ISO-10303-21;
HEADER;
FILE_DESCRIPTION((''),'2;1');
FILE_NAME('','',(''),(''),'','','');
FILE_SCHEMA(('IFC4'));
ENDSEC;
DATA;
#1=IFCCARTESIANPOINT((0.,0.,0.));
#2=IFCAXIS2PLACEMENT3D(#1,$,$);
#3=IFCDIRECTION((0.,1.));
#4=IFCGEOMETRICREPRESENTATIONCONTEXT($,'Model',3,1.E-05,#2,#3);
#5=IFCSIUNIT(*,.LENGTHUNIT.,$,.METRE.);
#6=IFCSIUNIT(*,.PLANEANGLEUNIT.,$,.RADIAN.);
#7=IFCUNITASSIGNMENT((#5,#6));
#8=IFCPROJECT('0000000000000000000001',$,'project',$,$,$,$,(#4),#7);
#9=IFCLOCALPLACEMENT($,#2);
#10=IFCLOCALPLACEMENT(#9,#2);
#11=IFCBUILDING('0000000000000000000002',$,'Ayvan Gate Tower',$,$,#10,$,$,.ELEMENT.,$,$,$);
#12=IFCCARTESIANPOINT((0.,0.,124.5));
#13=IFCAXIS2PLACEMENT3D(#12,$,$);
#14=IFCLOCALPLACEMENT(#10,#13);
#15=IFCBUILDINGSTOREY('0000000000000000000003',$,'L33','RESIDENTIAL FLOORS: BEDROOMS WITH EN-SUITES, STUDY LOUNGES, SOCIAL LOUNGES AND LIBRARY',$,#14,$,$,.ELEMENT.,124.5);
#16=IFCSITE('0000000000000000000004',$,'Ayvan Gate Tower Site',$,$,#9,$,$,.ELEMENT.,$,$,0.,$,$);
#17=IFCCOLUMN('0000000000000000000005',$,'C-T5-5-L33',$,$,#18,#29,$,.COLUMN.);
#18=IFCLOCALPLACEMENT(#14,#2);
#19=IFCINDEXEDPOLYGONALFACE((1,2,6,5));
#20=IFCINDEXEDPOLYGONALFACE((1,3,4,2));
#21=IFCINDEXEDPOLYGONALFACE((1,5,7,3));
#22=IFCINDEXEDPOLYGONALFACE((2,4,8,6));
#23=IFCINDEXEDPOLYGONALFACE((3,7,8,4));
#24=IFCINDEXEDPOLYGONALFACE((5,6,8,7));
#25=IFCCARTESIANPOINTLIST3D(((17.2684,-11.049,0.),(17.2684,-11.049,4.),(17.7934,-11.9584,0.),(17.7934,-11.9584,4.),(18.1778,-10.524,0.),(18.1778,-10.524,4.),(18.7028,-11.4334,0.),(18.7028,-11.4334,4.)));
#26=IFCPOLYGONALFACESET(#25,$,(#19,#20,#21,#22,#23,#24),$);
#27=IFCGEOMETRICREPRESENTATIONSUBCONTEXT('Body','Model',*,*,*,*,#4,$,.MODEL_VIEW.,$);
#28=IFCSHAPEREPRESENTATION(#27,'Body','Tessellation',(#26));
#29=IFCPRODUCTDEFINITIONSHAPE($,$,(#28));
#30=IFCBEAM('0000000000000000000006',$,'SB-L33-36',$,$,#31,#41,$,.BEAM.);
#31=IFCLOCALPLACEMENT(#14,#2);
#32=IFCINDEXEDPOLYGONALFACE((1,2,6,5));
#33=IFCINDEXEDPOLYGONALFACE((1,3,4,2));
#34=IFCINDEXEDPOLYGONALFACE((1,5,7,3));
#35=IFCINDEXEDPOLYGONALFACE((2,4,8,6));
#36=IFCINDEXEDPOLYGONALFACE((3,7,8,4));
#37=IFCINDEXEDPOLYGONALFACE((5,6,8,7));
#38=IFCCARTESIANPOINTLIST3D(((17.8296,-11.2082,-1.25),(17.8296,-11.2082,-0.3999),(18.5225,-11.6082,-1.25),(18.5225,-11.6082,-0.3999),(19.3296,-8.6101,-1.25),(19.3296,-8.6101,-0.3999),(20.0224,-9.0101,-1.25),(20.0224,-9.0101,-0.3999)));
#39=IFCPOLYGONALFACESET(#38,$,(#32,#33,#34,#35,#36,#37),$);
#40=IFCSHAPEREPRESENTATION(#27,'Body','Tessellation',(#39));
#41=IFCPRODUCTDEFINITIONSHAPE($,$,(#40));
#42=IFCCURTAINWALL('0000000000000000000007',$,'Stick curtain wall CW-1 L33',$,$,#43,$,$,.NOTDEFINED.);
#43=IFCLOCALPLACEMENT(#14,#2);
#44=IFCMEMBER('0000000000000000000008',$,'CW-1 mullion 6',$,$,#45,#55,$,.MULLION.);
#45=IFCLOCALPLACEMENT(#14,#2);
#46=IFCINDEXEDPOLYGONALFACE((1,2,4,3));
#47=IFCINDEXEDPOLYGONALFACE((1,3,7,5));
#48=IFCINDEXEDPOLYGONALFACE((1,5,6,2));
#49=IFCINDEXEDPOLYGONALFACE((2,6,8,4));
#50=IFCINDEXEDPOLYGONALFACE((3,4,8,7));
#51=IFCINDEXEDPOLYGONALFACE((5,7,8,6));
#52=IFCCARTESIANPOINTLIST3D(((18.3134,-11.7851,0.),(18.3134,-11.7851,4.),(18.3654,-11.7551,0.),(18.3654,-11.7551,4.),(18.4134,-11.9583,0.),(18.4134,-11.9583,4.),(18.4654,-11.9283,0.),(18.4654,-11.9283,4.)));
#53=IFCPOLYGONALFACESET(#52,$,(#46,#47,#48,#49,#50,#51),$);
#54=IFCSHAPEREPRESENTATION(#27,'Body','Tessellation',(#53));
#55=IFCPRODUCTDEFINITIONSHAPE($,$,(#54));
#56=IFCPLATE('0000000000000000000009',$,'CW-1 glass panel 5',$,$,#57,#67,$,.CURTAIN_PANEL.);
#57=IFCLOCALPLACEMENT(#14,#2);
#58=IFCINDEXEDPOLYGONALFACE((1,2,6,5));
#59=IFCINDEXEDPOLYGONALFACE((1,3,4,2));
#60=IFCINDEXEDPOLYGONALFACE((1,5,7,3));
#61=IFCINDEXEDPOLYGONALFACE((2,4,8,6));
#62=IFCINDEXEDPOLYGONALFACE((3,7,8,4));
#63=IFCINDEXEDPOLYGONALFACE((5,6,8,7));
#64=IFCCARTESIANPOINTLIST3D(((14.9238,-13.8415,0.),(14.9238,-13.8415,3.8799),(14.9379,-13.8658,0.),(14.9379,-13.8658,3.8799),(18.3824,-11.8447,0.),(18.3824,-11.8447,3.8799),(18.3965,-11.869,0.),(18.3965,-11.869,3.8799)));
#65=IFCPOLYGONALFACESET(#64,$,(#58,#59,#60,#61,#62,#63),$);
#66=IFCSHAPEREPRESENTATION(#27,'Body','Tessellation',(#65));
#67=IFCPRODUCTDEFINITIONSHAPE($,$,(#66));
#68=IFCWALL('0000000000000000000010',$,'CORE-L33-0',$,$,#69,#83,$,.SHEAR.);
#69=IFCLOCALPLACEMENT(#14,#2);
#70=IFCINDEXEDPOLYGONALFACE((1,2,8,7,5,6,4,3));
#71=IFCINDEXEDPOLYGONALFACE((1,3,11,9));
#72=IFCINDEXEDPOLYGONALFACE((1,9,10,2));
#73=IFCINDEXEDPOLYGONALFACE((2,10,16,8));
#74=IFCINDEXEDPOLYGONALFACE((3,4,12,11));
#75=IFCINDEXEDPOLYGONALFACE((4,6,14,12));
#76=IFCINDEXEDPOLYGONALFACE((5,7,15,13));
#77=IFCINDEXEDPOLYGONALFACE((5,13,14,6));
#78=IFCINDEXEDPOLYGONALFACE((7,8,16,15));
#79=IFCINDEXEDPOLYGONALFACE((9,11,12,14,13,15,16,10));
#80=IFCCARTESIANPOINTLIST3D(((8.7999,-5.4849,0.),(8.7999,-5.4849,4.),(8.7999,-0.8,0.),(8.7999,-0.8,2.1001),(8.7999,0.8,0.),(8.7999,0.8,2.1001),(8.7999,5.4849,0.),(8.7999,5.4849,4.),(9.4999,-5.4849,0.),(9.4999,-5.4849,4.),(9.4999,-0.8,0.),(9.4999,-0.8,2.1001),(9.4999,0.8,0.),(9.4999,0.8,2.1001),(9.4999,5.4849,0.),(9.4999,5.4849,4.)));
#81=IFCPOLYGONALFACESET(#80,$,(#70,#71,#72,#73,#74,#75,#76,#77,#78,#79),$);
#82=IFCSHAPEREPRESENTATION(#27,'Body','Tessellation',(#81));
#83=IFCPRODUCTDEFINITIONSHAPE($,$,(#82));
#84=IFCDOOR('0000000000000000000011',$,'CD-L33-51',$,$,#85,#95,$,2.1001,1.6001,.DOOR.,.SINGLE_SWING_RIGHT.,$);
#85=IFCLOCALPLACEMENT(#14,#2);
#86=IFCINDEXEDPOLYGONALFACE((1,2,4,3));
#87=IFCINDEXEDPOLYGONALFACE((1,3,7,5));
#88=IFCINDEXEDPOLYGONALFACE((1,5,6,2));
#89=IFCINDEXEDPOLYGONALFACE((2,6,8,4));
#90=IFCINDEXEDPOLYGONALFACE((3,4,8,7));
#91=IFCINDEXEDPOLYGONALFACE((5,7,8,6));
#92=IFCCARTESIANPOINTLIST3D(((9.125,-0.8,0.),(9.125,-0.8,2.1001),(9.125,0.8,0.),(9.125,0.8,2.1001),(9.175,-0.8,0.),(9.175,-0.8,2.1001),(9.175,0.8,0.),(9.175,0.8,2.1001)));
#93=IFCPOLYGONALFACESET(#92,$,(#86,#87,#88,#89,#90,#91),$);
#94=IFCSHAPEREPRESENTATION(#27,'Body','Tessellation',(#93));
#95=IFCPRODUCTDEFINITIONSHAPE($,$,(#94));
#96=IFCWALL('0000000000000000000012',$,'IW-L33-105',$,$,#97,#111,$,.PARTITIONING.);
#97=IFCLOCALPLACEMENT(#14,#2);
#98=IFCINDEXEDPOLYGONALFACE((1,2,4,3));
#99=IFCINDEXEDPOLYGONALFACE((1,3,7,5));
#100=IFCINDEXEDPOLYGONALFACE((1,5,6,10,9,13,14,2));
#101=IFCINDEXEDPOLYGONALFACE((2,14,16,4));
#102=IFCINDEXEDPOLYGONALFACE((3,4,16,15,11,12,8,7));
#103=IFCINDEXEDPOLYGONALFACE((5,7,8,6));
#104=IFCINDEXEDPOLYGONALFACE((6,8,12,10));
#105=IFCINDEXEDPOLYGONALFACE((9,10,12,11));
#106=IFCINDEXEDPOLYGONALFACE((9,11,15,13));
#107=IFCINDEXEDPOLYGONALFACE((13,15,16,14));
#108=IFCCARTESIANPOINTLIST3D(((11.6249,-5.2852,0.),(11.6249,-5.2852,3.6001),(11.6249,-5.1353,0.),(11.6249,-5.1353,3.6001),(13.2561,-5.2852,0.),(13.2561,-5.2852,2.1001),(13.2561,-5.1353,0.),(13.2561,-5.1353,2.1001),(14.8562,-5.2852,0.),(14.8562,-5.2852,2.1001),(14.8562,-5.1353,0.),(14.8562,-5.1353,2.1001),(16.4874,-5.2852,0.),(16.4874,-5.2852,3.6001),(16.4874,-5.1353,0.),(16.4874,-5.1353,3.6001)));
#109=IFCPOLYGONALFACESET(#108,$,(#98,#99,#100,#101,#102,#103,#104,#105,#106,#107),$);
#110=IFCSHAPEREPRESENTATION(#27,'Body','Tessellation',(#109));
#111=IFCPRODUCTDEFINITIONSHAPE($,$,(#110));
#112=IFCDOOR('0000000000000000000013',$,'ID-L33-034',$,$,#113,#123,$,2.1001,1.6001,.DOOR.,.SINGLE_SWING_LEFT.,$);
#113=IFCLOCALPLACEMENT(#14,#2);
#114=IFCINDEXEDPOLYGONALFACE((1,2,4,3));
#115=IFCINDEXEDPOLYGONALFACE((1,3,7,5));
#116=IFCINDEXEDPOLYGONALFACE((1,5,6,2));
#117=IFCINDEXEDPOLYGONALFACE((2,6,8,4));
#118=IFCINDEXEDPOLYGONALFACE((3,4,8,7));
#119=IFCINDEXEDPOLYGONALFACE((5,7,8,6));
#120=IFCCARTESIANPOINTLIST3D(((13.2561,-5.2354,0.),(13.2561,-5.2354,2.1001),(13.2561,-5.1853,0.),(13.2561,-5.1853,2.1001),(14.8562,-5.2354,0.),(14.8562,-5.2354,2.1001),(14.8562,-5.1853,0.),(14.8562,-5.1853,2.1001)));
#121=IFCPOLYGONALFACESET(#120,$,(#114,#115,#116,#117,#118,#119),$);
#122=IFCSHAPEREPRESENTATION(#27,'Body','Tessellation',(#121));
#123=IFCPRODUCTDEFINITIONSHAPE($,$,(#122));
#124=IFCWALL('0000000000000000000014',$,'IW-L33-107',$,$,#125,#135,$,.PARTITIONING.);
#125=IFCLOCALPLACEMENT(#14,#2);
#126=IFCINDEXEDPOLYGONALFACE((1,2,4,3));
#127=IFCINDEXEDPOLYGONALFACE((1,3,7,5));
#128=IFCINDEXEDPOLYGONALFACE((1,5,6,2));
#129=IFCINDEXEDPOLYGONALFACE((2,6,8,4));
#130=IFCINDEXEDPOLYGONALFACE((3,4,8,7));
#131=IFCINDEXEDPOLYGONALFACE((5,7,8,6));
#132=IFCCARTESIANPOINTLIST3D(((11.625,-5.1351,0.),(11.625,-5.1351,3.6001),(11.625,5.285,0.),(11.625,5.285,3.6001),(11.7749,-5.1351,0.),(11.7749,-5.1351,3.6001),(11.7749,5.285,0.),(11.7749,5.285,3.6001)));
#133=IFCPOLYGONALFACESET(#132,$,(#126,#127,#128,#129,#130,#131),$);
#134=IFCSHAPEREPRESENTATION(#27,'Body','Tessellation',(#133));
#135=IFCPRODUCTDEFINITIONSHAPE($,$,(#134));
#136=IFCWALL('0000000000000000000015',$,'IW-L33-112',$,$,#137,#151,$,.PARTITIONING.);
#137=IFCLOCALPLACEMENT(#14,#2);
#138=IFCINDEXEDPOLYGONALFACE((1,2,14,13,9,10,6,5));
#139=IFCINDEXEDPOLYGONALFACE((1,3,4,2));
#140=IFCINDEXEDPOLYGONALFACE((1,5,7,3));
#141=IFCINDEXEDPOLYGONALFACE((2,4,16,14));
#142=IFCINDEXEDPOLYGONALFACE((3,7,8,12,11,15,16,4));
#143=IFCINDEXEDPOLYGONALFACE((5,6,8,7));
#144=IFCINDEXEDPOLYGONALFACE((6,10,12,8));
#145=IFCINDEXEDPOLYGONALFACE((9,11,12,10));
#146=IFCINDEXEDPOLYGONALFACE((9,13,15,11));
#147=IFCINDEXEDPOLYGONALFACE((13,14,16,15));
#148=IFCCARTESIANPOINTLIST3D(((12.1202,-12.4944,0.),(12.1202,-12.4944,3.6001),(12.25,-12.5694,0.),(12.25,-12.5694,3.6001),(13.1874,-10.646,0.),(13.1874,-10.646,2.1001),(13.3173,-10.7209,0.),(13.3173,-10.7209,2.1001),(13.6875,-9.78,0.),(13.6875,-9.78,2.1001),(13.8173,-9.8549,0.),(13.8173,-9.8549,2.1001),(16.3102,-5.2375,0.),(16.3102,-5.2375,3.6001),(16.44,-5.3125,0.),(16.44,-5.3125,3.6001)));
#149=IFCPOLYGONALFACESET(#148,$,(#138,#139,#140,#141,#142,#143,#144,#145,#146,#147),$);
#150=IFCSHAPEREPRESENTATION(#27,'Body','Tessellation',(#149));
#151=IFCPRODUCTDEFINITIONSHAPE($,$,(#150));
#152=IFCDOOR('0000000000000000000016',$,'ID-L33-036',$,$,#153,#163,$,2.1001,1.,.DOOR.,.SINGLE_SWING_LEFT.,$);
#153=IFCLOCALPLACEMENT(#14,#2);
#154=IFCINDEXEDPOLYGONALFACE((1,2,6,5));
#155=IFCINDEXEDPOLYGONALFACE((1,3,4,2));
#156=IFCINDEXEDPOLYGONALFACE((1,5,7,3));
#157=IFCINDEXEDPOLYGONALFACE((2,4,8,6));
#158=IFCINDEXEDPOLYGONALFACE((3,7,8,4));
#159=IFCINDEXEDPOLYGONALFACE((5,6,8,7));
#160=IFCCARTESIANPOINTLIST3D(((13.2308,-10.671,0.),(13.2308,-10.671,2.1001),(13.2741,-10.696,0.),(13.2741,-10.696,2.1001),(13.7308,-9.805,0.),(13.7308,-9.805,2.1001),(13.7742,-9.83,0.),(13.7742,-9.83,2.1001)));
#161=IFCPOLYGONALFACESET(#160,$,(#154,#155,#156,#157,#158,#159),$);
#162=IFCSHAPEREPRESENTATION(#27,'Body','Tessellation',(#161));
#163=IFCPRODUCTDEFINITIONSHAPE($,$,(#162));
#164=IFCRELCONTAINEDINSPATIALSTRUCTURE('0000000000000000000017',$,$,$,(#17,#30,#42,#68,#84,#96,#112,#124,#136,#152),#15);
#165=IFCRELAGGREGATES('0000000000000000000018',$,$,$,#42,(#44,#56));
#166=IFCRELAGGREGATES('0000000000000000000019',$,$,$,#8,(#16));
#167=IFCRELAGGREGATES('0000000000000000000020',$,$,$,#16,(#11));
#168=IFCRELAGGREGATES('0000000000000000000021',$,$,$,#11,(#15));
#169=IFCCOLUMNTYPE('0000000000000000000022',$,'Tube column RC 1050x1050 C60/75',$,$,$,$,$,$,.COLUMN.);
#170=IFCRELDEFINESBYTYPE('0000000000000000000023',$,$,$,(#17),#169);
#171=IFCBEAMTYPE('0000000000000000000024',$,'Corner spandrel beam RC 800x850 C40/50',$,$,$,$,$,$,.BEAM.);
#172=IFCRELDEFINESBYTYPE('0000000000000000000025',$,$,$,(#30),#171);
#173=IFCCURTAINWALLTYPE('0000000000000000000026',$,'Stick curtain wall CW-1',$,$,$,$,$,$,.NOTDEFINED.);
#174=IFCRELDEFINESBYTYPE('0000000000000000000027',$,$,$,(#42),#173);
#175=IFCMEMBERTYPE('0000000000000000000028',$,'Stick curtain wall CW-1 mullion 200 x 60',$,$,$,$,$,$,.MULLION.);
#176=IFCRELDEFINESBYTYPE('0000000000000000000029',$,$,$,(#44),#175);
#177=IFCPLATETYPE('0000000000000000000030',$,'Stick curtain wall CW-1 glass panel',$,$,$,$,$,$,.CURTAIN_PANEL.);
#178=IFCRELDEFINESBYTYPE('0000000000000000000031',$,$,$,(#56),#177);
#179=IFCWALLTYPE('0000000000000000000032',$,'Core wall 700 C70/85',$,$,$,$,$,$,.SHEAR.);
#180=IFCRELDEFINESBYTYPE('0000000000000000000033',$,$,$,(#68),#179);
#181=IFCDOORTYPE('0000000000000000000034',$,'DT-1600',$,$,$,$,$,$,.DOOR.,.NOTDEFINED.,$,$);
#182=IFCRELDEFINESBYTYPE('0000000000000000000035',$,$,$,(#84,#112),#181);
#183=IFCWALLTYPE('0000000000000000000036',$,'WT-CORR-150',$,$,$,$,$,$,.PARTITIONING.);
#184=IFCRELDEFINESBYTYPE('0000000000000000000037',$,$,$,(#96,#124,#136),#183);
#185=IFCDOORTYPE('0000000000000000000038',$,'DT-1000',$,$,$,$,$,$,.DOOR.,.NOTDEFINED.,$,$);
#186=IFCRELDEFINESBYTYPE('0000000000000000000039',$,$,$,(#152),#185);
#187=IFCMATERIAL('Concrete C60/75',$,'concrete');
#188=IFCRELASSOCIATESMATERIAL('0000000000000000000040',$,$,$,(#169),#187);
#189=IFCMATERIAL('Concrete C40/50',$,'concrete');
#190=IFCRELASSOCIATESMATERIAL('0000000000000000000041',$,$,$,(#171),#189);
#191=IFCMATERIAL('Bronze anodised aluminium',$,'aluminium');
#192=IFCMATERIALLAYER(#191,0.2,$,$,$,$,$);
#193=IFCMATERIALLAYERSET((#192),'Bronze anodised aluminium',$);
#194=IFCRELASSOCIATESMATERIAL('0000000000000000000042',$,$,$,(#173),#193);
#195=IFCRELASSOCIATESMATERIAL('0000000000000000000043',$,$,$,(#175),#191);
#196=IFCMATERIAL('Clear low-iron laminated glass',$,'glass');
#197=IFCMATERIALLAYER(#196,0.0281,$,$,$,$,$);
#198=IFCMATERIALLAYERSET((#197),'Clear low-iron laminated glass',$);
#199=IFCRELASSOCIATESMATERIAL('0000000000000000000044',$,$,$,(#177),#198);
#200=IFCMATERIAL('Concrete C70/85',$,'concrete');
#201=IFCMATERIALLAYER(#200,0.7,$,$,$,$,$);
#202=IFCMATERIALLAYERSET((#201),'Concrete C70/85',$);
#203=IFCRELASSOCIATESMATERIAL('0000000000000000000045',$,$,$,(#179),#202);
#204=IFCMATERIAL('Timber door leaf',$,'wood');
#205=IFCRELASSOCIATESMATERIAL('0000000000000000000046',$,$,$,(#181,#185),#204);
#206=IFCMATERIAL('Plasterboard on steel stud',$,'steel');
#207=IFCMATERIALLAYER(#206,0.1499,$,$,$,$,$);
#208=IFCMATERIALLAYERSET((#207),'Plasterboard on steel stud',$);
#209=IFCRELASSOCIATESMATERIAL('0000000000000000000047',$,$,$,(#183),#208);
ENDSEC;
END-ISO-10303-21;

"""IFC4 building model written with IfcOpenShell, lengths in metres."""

from ifc_helpers import new_model, si_unit, direction, frame, frame_2d, origin, origin_2d, place, context, subcontext, project, spatial, rectangle, extrude, material, layer, layer_set, material_profile, profile_set, type_object, element, fill, aggregate, save


model = new_model("IFC4")

# Units and contexts
model_context = context("Model", 3, precision=1e-05, world=origin(), true_north=direction((0.0, 1.0)))
body_context = subcontext(model_context, "Body", "Model", "MODEL_VIEW")
ifc_project = project(units=[si_unit("LENGTHUNIT", "METRE"), si_unit("PLANEANGLEUNIT", "RADIAN")], contexts=[model_context])

# Site, building, storey
site_placement = place(None, origin())
site = spatial("IfcSite", under=ifc_project, at=site_placement, Name="Ayvan Gate Tower Site", CompositionType="ELEMENT", RefElevation=0.0)
building_placement = place(site_placement, origin())
building = spatial("IfcBuilding", under=site, at=building_placement, Name="Ayvan Gate Tower", CompositionType="ELEMENT")
storey_placement = place(building_placement, frame((0.0, 0.0, 124.5)))
storey = spatial("IfcBuildingStorey", under=building, at=storey_placement, Name="L33", Description="RESIDENTIAL FLOORS: BEDROOMS WITH EN-SUITES, STUDY LOUNGES, SOCIAL LOUNGES AND LIBRARY", CompositionType="ELEMENT", Elevation=124.5)

# Column
ifc_material_1 = material(Name="Concrete C60/75", Category="concrete")
ifc_material_profile_1 = material_profile(ifc_material_1, rectangle(XDim=1.05, YDim=1.05, at=origin_2d()), Name="RC 1050x1050")
ifc_profile_set_1 = profile_set([ifc_material_profile_1], Name="Concrete C60/75")
column_type = type_object("IfcColumnType", Name="Tube column RC 1050x1050 C60/75", PredefinedType="COLUMN", material=ifc_profile_set_1)
column_placement = place(storey_placement, frame((17.9856, -11.2412, 0.0), z_axis=(0.0, 0.0, 1.0), x_axis=(0.5, -0.866025, 0.0)))
element("IfcColumn", 1, at=column_placement, inside=storey, type_object=column_type, Name="C-T5-5-L33", PredefinedType="COLUMN", context=body_context, shape_type="SweptSolid", body=[
    extrude(rectangle(XDim=1.05, YDim=1.05, at=origin_2d()), origin(), (0.0, 0.0, 1.0), 4.0),
])

# Beam
ifc_material_2 = material(Name="Concrete C40/50", Category="concrete")
ifc_material_profile_2 = material_profile(ifc_material_2, rectangle(XDim=0.8, YDim=0.8501, at=origin_2d()), Name="RC 800x850")
ifc_profile_set_2 = profile_set([ifc_material_profile_2], Name="Concrete C40/50")
beam_type = type_object("IfcBeamType", Name="Corner spandrel beam RC 800x850 C40/50", PredefinedType="BEAM", material=ifc_profile_set_2)
beam_placement = place(storey_placement, frame((18.176, -11.4082, -0.825), z_axis=(0.49999, 0.866031, 0.0), x_axis=(-0.866031, 0.49999, 0.0)))
element("IfcBeam", 2, at=beam_placement, inside=storey, type_object=beam_type, Name="SB-L33-36", PredefinedType="BEAM", context=body_context, shape_type="SweptSolid", body=[
    extrude(rectangle(XDim=0.8, YDim=0.8501, at=origin_2d()), origin(), (0.0, 0.0, 1.0), 3.0),
])

# Curtain wall, member, plate
ifc_material_3 = material(Name="Bronze anodised aluminium", Category="aluminium")
ifc_layer_1 = layer(ifc_material_3, 0.2)
ifc_layer_set_1 = layer_set([ifc_layer_1], Name="Bronze anodised aluminium")
curtain_wall_type = type_object("IfcCurtainWallType", Name="Stick curtain wall CW-1", PredefinedType="NOTDEFINED", material=ifc_layer_set_1)
curtain_wall_placement = place(storey_placement, origin())
curtain_wall = element("IfcCurtainWall", 3, at=curtain_wall_placement, inside=storey, type_object=curtain_wall_type, Name="Stick curtain wall CW-1 L33", PredefinedType="NOTDEFINED")
ifc_material_profile_3 = material_profile(ifc_material_3, rectangle(XDim=0.2, YDim=0.0601, at=origin_2d()), Name="Stick curtain wall CW-1 mullion 200 x 60")
ifc_profile_set_3 = profile_set([ifc_material_profile_3], Name="Bronze anodised aluminium")
member_type = type_object("IfcMemberType", Name="Stick curtain wall CW-1 mullion 200 x 60", PredefinedType="MULLION", material=ifc_profile_set_3)
member_placement = place(storey_placement, frame((18.3894, -11.8567, 0.0), z_axis=(0.0, 0.0, 1.0), x_axis=(0.5, -0.866025, 0.0)))
member = element("IfcMember", 4, at=member_placement, type_object=member_type, Name="CW-1 mullion 6", PredefinedType="MULLION", context=body_context, shape_type="SweptSolid", body=[
    extrude(rectangle(XDim=0.2, YDim=0.0601, at=origin_2d()), origin(), (0.0, 0.0, 1.0), 4.0),
])
ifc_material_4 = material(Name="Clear low-iron laminated glass", Category="glass")
ifc_layer_2 = layer(ifc_material_4, 0.0281)
ifc_layer_set_2 = layer_set([ifc_layer_2], Name="Clear low-iron laminated glass")
plate_type = type_object("IfcPlateType", Name="Stick curtain wall CW-1 glass panel", PredefinedType="CURTAIN_PANEL", material=ifc_layer_set_2)
plate_placement = place(storey_placement, frame((16.6602, -12.8552, 0.0), z_axis=(0.0, 0.0, 1.0), x_axis=(0.866025, 0.5, 0.0)))
plate = element("IfcPlate", 5, at=plate_placement, type_object=plate_type, Name="CW-1 glass panel 5", PredefinedType="CURTAIN_PANEL", context=body_context, shape_type="SweptSolid", body=[
    extrude(rectangle(XDim=3.9937, YDim=0.0281, at=origin_2d()), origin(), (0.0, 0.0, 1.0), 3.8799),
])
aggregate(curtain_wall, [member, plate])

# Walls, openings, doors
ifc_material_5 = material(Name="Concrete C70/85", Category="concrete")
ifc_layer_3 = layer(ifc_material_5, 0.7)
ifc_layer_set_3 = layer_set([ifc_layer_3], Name="Concrete C70/85")
wall_type_1 = type_object("IfcWallType", Name="Core wall 700 C70/85", PredefinedType="SHEAR", material=ifc_layer_set_3)
wall_1_placement = place(storey_placement, frame((9.1499, -5.4849, 0.0), z_axis=(0.0, 0.0, 1.0), x_axis=(0.0, 1.0, 0.0)))
wall_1 = element("IfcWall", 6, at=wall_1_placement, inside=storey, type_object=wall_type_1, Name="CORE-L33-0", PredefinedType="SHEAR", context=body_context, shape_type="SweptSolid", body=[
    extrude(rectangle(XDim=10.9697, YDim=0.7, at=frame_2d((5.4849, 0.0))), origin(), (0.0, 0.0, 1.0), 4.0),
])
opening_1_placement = place(wall_1_placement, frame((4.6848, 0.0, 0.0)))
opening_1 = element("IfcOpeningElement", 7, at=opening_1_placement, cuts=wall_1, PredefinedType="OPENING", context=body_context, shape_type="SweptSolid", body=[
    extrude(rectangle(XDim=1.6001, YDim=2.1001, at=frame_2d((0.8, 1.05))), frame((0.0, 0.3599, 0.0), z_axis=(0.0, -1.0, 0.0), x_axis=(1.0, 0.0, 0.0)), (0.0, 0.0, 1.0), 0.72),
])
ifc_material_6 = material(Name="Timber door leaf", Category="wood")
door_type_1 = type_object("IfcDoorType", Name="DT-1600", OperationType="NOTDEFINED", PredefinedType="DOOR", material=ifc_material_6)
door_1_placement = place(opening_1_placement, origin())
door_1 = element("IfcDoor", 8, at=door_1_placement, inside=storey, type_object=door_type_1, Name="CD-L33-51", OperationType="SINGLE_SWING_RIGHT", OverallHeight=2.1001, OverallWidth=1.6001, PredefinedType="DOOR", context=body_context, shape_type="SweptSolid", body=[
    extrude(rectangle(XDim=1.6001, YDim=2.1001, at=frame_2d((0.8, 1.05))), frame((0.0, 0.0249, 0.0), z_axis=(0.0, -1.0, 0.0), x_axis=(1.0, 0.0, 0.0)), (0.0, 0.0, 1.0), 0.05),
])
fill(opening_1, door_1)
ifc_material_7 = material(Name="Plasterboard on steel stud", Category="steel")
ifc_layer_4 = layer(ifc_material_7, 0.1499)
ifc_layer_set_4 = layer_set([ifc_layer_4], Name="Plasterboard on steel stud")
wall_type_2 = type_object("IfcWallType", Name="WT-CORR-150", PredefinedType="PARTITIONING", material=ifc_layer_set_4)
wall_2_placement = place(storey_placement, frame((11.625, -5.2102, 0.0), z_axis=(0.0, 0.0, 1.0), x_axis=(1.0, 0.0, 0.0)))
wall_2 = element("IfcWall", 9, at=wall_2_placement, inside=storey, type_object=wall_type_2, Name="IW-L33-105", PredefinedType="PARTITIONING", context=body_context, shape_type="SweptSolid", body=[
    extrude(rectangle(XDim=4.8625, YDim=0.1499, at=frame_2d((2.4312, 0.0))), origin(), (0.0, 0.0, 1.0), 3.6001),
])
opening_2_placement = place(wall_2_placement, frame((1.6311, 0.0, 0.0)))
opening_2 = element("IfcOpeningElement", 10, at=opening_2_placement, cuts=wall_2, PredefinedType="OPENING", context=body_context, shape_type="SweptSolid", body=[
    extrude(rectangle(XDim=1.6001, YDim=2.1001, at=frame_2d((0.8, 1.05))), frame((0.0, 0.085, 0.0), z_axis=(0.0, -1.0, 0.0), x_axis=(1.0, 0.0, 0.0)), (0.0, 0.0, 1.0), 0.1699),
])
door_2_placement = place(opening_2_placement, origin())
door_2 = element("IfcDoor", 11, at=door_2_placement, inside=storey, type_object=door_type_1, Name="ID-L33-034", OperationType="SINGLE_SWING_LEFT", OverallHeight=2.1001, OverallWidth=1.6001, PredefinedType="DOOR", context=body_context, shape_type="SweptSolid", body=[
    extrude(rectangle(XDim=1.6001, YDim=2.1001, at=frame_2d((0.8, 1.05))), frame((0.0, 0.0249, 0.0), z_axis=(0.0, -1.0, 0.0), x_axis=(1.0, 0.0, 0.0)), (0.0, 0.0, 1.0), 0.05),
])
fill(opening_2, door_2)

# Wall
wall_3_placement = place(storey_placement, frame((11.7, -5.135, 0.0), z_axis=(0.0, 0.0, 1.0), x_axis=(0.0, 1.0, 0.0)))
element("IfcWall", 12, at=wall_3_placement, inside=storey, type_object=wall_type_2, Name="IW-L33-107", PredefinedType="PARTITIONING", context=body_context, shape_type="SweptSolid", body=[
    extrude(rectangle(XDim=10.4202, YDim=0.1499, at=frame_2d((5.21, 0.0))), origin(), (0.0, 0.0, 1.0), 3.6001),
])

# Wall, opening, door
wall_4_placement = place(storey_placement, frame((12.1851, -12.532, 0.0), z_axis=(0.0, 0.0, 1.0), x_axis=(0.500018, 0.866015, 0.0)))
wall_4 = element("IfcWall", 13, at=wall_4_placement, inside=storey, type_object=wall_type_2, Name="IW-L33-112", PredefinedType="PARTITIONING", context=body_context, shape_type="SweptSolid", body=[
    extrude(rectangle(XDim=8.3796, YDim=0.1499, at=frame_2d((4.1899, 0.0))), origin(), (0.0, 0.0, 1.0), 3.6001),
])
opening_3_placement = place(wall_4_placement, frame((2.1345, 0.0, 0.0)))
opening_3 = element("IfcOpeningElement", 14, at=opening_3_placement, cuts=wall_4, PredefinedType="OPENING", context=body_context, shape_type="SweptSolid", body=[
    extrude(rectangle(XDim=1.0, YDim=2.1001, at=frame_2d((0.5, 1.05))), frame((0.0, 0.085, 0.0), z_axis=(0.0, -1.0, 0.0), x_axis=(1.0, 0.0, 0.0)), (0.0, 0.0, 1.0), 0.1699),
])
door_type_2 = type_object("IfcDoorType", Name="DT-1000", OperationType="NOTDEFINED", PredefinedType="DOOR", material=ifc_material_6)
door_3_placement = place(opening_3_placement, origin())
door_3 = element("IfcDoor", 15, at=door_3_placement, inside=storey, type_object=door_type_2, Name="ID-L33-036", OperationType="SINGLE_SWING_LEFT", OverallHeight=2.1001, OverallWidth=1.0, PredefinedType="DOOR", context=body_context, shape_type="SweptSolid", body=[
    extrude(rectangle(XDim=1.0, YDim=2.1001, at=frame_2d((0.5, 1.05))), frame((0.0, 0.0249, 0.0), z_axis=(0.0, -1.0, 0.0), x_axis=(1.0, 0.0, 0.0)), (0.0, 0.0, 1.0), 0.05),
])
fill(opening_3, door_3)

save(model, "model.ifc")
